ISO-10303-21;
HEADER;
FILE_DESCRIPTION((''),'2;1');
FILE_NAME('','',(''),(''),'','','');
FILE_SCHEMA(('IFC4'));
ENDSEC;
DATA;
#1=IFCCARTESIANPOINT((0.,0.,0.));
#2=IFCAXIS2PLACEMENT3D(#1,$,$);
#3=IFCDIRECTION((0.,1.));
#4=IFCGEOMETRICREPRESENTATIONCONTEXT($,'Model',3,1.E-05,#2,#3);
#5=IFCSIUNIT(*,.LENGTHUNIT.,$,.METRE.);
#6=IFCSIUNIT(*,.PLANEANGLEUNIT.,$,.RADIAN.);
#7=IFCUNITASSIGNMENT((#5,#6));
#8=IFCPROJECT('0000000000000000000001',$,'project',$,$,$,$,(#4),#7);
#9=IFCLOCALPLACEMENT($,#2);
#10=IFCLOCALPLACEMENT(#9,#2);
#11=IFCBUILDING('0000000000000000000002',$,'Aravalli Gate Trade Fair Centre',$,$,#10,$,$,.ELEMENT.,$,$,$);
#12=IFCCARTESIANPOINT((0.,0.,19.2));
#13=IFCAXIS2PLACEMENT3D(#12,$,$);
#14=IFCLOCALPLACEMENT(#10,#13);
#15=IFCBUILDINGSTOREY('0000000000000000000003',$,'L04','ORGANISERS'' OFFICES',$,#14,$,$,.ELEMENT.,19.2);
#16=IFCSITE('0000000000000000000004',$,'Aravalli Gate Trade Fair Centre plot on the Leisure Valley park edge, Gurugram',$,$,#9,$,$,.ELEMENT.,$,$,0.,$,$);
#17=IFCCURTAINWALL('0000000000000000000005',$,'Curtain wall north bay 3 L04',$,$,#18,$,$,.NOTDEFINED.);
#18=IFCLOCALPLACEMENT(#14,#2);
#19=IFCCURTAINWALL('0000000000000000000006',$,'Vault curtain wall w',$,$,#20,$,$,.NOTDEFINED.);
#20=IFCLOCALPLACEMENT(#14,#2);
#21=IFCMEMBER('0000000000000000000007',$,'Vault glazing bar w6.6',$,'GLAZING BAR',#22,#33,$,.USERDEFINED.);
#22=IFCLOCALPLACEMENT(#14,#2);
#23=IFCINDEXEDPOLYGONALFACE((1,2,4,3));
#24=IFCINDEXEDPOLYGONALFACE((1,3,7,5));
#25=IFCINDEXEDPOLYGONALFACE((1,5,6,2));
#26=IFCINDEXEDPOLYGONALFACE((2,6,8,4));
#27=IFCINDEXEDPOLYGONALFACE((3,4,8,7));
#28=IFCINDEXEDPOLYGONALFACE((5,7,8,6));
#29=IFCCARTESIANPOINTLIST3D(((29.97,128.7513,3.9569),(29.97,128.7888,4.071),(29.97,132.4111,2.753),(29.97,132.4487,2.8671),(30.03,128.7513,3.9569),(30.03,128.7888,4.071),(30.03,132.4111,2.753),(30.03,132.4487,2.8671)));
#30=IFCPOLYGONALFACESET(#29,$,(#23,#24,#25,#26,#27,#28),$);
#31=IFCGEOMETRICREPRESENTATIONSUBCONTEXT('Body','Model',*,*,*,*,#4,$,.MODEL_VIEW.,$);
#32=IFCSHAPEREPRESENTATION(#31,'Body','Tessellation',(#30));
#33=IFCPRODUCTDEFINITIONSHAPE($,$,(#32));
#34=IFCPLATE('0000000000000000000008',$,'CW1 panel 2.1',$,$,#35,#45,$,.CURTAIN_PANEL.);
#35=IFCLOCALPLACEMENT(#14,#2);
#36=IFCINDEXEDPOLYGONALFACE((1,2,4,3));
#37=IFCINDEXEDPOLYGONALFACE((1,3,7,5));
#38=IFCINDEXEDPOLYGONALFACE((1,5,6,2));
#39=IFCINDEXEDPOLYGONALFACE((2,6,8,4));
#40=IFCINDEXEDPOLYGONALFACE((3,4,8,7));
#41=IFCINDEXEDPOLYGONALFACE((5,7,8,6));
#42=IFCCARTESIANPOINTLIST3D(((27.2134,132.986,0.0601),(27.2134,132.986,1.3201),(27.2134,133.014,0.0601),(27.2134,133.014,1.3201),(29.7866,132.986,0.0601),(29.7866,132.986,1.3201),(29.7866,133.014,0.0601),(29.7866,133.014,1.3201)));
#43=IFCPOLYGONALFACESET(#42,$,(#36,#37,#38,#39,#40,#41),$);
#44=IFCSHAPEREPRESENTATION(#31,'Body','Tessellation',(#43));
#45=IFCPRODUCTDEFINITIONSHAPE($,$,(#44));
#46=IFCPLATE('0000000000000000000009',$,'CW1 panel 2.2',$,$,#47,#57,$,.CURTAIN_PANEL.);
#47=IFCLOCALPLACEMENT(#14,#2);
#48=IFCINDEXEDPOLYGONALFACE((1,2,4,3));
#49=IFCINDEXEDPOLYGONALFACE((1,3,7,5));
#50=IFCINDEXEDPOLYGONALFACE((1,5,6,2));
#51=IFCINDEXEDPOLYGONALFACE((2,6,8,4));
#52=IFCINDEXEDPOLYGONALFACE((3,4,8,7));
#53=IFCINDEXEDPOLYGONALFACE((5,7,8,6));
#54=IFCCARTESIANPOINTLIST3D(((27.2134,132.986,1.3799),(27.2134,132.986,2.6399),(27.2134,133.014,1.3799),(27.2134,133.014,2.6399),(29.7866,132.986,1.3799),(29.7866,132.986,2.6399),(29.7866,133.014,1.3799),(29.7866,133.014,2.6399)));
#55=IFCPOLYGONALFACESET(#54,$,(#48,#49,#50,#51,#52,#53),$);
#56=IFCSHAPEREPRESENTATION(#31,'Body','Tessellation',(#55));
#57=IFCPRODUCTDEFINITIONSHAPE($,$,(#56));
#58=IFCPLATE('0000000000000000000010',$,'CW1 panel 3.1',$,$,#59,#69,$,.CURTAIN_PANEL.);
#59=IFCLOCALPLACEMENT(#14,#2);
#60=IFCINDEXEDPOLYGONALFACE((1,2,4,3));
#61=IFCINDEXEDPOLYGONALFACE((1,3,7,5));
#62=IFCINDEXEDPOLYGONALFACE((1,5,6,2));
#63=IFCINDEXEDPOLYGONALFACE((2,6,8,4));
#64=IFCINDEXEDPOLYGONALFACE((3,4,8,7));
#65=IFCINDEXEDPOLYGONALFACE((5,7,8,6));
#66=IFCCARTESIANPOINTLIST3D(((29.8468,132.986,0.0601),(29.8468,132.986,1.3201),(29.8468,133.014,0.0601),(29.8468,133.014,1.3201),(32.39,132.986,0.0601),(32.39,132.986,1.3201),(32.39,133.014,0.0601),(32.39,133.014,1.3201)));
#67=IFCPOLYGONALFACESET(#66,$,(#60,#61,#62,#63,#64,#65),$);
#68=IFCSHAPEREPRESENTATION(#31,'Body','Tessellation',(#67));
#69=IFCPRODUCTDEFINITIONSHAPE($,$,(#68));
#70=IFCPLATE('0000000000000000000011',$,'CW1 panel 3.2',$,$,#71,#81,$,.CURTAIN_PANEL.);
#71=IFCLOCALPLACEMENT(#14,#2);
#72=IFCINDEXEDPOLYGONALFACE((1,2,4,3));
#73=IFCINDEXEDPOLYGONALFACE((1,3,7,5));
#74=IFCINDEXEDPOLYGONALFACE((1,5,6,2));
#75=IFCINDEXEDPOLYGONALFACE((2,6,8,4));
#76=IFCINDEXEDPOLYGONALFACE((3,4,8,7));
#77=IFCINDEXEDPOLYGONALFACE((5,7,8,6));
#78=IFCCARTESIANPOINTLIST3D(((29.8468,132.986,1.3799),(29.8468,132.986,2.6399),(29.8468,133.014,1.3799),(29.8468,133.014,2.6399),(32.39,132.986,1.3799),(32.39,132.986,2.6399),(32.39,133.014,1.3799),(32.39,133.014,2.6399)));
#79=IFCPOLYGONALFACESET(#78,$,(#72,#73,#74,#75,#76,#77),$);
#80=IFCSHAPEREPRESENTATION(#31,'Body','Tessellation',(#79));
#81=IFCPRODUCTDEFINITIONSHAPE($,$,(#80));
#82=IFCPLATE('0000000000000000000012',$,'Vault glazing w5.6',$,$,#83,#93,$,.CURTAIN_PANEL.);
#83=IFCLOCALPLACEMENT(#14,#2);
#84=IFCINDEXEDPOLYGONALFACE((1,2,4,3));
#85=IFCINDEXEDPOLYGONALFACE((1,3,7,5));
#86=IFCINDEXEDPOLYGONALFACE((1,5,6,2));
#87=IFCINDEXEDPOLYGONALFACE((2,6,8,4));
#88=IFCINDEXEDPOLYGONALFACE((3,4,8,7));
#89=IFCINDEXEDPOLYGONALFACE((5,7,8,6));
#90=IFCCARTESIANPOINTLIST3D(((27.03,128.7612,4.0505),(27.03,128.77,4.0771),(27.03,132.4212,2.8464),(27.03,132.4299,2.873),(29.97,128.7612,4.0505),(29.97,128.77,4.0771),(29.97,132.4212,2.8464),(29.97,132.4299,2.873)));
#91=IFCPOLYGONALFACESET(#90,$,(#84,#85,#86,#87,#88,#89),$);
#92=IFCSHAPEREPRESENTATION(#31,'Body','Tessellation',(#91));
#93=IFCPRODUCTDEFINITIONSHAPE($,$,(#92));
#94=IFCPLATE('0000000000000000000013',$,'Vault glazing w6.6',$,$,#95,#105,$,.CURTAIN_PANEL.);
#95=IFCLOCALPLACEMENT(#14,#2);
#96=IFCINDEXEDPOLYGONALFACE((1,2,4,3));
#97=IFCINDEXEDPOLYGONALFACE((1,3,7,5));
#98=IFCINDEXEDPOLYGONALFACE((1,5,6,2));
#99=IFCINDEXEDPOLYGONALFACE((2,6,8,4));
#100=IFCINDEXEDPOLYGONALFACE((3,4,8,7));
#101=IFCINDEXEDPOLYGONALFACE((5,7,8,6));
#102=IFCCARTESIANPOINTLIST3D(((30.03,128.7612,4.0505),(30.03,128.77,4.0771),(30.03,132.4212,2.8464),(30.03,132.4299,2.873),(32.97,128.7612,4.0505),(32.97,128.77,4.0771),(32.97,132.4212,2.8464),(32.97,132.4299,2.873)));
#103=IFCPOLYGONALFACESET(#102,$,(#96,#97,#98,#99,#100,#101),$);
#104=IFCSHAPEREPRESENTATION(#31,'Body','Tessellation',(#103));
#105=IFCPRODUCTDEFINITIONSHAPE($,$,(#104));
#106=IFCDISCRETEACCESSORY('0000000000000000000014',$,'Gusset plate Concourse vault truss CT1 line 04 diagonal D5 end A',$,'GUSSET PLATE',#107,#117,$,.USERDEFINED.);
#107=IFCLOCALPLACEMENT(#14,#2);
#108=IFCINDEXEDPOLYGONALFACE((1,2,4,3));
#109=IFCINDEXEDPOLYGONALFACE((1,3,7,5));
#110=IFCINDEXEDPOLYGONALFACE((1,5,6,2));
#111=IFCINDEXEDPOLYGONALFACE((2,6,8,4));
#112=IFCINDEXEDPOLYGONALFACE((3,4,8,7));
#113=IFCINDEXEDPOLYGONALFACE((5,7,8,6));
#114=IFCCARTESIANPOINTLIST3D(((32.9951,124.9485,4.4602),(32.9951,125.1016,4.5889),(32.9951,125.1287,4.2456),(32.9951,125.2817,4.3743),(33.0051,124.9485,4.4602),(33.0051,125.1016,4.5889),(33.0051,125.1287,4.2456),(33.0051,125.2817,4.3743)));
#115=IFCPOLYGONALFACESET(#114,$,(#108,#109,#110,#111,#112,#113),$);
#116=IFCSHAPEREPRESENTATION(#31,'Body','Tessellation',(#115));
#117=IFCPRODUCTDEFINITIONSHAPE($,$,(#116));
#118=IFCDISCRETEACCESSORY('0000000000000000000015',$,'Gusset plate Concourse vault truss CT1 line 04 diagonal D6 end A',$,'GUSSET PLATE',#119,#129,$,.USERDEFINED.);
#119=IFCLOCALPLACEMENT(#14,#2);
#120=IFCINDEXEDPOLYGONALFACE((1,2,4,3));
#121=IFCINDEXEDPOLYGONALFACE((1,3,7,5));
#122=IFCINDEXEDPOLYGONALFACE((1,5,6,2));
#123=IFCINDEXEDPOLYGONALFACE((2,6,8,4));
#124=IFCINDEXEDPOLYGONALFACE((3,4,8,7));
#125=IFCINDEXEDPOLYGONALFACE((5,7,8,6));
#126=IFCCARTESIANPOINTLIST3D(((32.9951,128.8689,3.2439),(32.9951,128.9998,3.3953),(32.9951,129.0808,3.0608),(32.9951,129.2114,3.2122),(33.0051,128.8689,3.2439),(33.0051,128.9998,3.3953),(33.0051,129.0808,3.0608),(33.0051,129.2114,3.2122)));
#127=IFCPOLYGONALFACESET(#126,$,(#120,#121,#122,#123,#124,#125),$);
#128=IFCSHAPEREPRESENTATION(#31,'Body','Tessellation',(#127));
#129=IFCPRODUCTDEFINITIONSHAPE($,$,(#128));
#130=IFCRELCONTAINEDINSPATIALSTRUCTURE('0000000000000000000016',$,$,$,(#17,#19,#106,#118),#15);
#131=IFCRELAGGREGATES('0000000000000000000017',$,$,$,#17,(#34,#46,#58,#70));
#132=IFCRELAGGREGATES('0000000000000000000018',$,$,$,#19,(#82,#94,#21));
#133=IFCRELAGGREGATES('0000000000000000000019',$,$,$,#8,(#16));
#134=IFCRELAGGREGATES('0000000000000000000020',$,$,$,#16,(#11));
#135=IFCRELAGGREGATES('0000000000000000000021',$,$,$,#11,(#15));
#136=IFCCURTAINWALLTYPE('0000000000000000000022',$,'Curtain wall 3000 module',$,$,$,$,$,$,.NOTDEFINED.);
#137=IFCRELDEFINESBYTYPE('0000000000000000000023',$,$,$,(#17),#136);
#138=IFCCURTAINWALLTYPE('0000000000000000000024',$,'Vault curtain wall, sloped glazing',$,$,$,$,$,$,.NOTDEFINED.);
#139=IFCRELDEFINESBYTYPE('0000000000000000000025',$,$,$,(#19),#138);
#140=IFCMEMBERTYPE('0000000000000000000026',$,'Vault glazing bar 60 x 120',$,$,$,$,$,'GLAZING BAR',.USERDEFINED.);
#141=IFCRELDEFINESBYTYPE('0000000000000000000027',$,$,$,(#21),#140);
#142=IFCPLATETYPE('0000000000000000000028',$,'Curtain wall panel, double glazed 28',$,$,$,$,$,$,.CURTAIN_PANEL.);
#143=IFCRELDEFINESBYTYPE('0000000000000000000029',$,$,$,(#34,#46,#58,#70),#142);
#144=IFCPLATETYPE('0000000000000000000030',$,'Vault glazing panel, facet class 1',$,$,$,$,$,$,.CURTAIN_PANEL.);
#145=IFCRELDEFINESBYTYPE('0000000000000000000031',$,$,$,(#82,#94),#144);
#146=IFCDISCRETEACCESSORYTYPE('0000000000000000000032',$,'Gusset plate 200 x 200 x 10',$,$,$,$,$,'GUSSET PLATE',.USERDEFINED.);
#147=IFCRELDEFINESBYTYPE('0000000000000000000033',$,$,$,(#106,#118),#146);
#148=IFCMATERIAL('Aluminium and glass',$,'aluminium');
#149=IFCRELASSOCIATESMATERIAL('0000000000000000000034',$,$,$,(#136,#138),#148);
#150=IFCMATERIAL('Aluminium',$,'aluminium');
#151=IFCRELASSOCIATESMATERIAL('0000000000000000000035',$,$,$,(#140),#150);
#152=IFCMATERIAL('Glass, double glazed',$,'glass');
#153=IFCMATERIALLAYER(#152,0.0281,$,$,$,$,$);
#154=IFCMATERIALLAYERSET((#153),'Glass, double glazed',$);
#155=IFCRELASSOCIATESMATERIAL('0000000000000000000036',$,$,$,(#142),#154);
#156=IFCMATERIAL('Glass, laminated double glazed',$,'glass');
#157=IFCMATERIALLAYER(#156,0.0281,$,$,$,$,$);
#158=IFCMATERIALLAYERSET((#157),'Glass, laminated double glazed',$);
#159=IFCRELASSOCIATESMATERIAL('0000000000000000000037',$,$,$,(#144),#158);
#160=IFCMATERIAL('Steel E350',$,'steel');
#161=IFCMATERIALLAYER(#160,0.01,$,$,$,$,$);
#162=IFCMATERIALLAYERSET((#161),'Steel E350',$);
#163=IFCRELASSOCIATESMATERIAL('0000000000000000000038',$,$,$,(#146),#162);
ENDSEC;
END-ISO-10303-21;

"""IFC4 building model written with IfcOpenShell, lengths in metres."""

from ifc_helpers import new_model, si_unit, direction, frame, origin, origin_2d, place, context, subcontext, project, spatial, polyline, rectangle, outline, extrude, material, layer, layer_set, material_profile, profile_set, type_object, element, aggregate, save


model = new_model("IFC4")

# Units and contexts
model_context = context("Model", 3, precision=1e-05, world=origin(), true_north=direction((0.0, 1.0)))
body_context = subcontext(model_context, "Body", "Model", "MODEL_VIEW")
ifc_project = project(units=[si_unit("LENGTHUNIT", "METRE"), si_unit("PLANEANGLEUNIT", "RADIAN")], contexts=[model_context])

# Site, building, storey
site_placement = place(None, origin())
site = spatial("IfcSite", under=ifc_project, at=site_placement, Name="Aravalli Gate Trade Fair Centre plot on the Leisure Valley park edge, Gurugram", CompositionType="ELEMENT", RefElevation=0.0)
building_placement = place(site_placement, origin())
building = spatial("IfcBuilding", under=site, at=building_placement, Name="Aravalli Gate Trade Fair Centre", CompositionType="ELEMENT")
storey_placement = place(building_placement, frame((0.0, 0.0, 19.2)))
storey = spatial("IfcBuildingStorey", under=building, at=storey_placement, Name="L04", Description="ORGANISERS' OFFICES", CompositionType="ELEMENT", Elevation=19.2)

# Curtain wall
ifc_material_1 = material(Name="Aluminium and glass", Category="aluminium")
curtain_wall_type_1 = type_object("IfcCurtainWallType", Name="Curtain wall 3000 module", PredefinedType="NOTDEFINED", material=ifc_material_1)
curtain_wall_1_placement = place(storey_placement, origin())
curtain_wall_1 = element("IfcCurtainWall", 1, at=curtain_wall_1_placement, inside=storey, type_object=curtain_wall_type_1, Name="Curtain wall north bay 3 L04", PredefinedType="NOTDEFINED")
ifc_material_2 = material(Name="Aluminium", Category="aluminium")

# Shared definitions
ifc_material_3 = material(Name="Steel E350", Category="steel")

# Curtain wall, member
curtain_wall_type_2 = type_object("IfcCurtainWallType", Name="Vault curtain wall, sloped glazing", PredefinedType="NOTDEFINED", material=ifc_material_1)
curtain_wall_2_placement = place(storey_placement, origin())
curtain_wall_2 = element("IfcCurtainWall", 2, at=curtain_wall_2_placement, inside=storey, type_object=curtain_wall_type_2, Name="Vault curtain wall w", PredefinedType="NOTDEFINED")
ifc_material_profile_1 = material_profile(ifc_material_2, rectangle(XDim=0.0601, YDim=0.1201, at=origin_2d()), Name="Vault glazing bar 60 x 120")
ifc_profile_set_1 = profile_set([ifc_material_profile_1], Name="Aluminium")
member_type_1 = type_object("IfcMemberType", Name="Vault glazing bar 60 x 120", ElementType="GLAZING BAR", PredefinedType="USERDEFINED", material=ifc_profile_set_1)
member_1_placement = place(storey_placement, frame((30.0, 128.77, 4.0139), z_axis=(0.0, 0.94993, -0.312461), x_axis=(-1.0, 0.0, 0.0)))
member_1 = element("IfcMember", 3, at=member_1_placement, type_object=member_type_1, Name="Vault glazing bar w6.6", ObjectType="GLAZING BAR", PredefinedType="USERDEFINED", context=body_context, shape_type="SweptSolid", body=[
    extrude(rectangle(XDim=0.0601, YDim=0.1201, at=origin_2d()), origin(), (0.0, 0.0, 1.0), 3.8528),
])

# Plates
ifc_material_4 = material(Name="Glass, double glazed", Category="glass")
ifc_layer_1 = layer(ifc_material_4, 0.0281)
ifc_layer_set_1 = layer_set([ifc_layer_1], Name="Glass, double glazed")
plate_type_1 = type_object("IfcPlateType", Name="Curtain wall panel, double glazed 28", PredefinedType="CURTAIN_PANEL", material=ifc_layer_set_1)
plate_1_placement = place(storey_placement, frame((28.5, 133.0, 0.0601), z_axis=(0.0, 0.0, 1.0), x_axis=(1.0, 0.0, 0.0)))
plate_1 = element("IfcPlate", 4, at=plate_1_placement, type_object=plate_type_1, Name="CW1 panel 2.1", PredefinedType="CURTAIN_PANEL", context=body_context, shape_type="SweptSolid", body=[
    extrude(rectangle(XDim=2.5732, YDim=0.0281, at=origin_2d()), origin(), (0.0, 0.0, 1.0), 1.26),
])
plate_2_placement = place(storey_placement, frame((28.5, 133.0, 1.3799), z_axis=(0.0, 0.0, 1.0), x_axis=(1.0, 0.0, 0.0)))
plate_2 = element("IfcPlate", 5, at=plate_2_placement, type_object=plate_type_1, Name="CW1 panel 2.2", PredefinedType="CURTAIN_PANEL", context=body_context, shape_type="SweptSolid", body=[
    extrude(rectangle(XDim=2.5732, YDim=0.0281, at=origin_2d()), origin(), (0.0, 0.0, 1.0), 1.26),
])
plate_3_placement = place(storey_placement, frame((31.1184, 133.0, 0.0601), z_axis=(0.0, 0.0, 1.0), x_axis=(1.0, 0.0, 0.0)))
plate_3 = element("IfcPlate", 6, at=plate_3_placement, type_object=plate_type_1, Name="CW1 panel 3.1", PredefinedType="CURTAIN_PANEL", context=body_context, shape_type="SweptSolid", body=[
    extrude(rectangle(XDim=2.5432, YDim=0.0281, at=origin_2d()), origin(), (0.0, 0.0, 1.0), 1.26),
])
plate_4_placement = place(storey_placement, frame((31.1184, 133.0, 1.3799), z_axis=(0.0, 0.0, 1.0), x_axis=(1.0, 0.0, 0.0)))
plate_4 = element("IfcPlate", 7, at=plate_4_placement, type_object=plate_type_1, Name="CW1 panel 3.2", PredefinedType="CURTAIN_PANEL", context=body_context, shape_type="SweptSolid", body=[
    extrude(rectangle(XDim=2.5432, YDim=0.0281, at=origin_2d()), origin(), (0.0, 0.0, 1.0), 1.26),
])
aggregate(curtain_wall_1, [plate_1, plate_2, plate_3, plate_4])
ifc_material_5 = material(Name="Glass, laminated double glazed", Category="glass")
ifc_layer_2 = layer(ifc_material_5, 0.0281)
ifc_layer_set_2 = layer_set([ifc_layer_2], Name="Glass, laminated double glazed")
plate_type_2 = type_object("IfcPlateType", Name="Vault glazing panel, facet class 1", PredefinedType="CURTAIN_PANEL", material=ifc_layer_set_2)
plate_5_placement = place(storey_placement, frame((27.03, 128.77, 4.0771), z_axis=(0.0, 0.312518, 0.949912), x_axis=(1.0, 0.0, 0.0)))
plate_5 = element("IfcPlate", 8, at=plate_5_placement, type_object=plate_type_2, Name="Vault glazing w5.6", PredefinedType="CURTAIN_PANEL", context=body_context, shape_type="SweptSolid", body=[
    extrude(outline(polyline([(0.0, 0.0), (2.9399, 0.0), (2.9399, 3.8529), (0.0, 3.8529), (0.0, 0.0)])), origin(), (0.0, 0.0, -1.0), 0.0281),
])
plate_6_placement = place(storey_placement, frame((30.03, 128.77, 4.0771), z_axis=(0.0, 0.312518, 0.949912), x_axis=(1.0, 0.0, 0.0)))
plate_6 = element("IfcPlate", 9, at=plate_6_placement, type_object=plate_type_2, Name="Vault glazing w6.6", PredefinedType="CURTAIN_PANEL", context=body_context, shape_type="SweptSolid", body=[
    extrude(outline(polyline([(0.0, 0.0), (2.9399, 0.0), (2.9399, 3.8529), (0.0, 3.8529), (0.0, 0.0)])), origin(), (0.0, 0.0, -1.0), 0.0281),
])
aggregate(curtain_wall_2, [plate_5, plate_6, member_1])

# Discrete accessories
ifc_layer_3 = layer(ifc_material_3, 0.01)
ifc_layer_set_3 = layer_set([ifc_layer_3], Name="Steel E350")
discrete_accessory_type = type_object("IfcDiscreteAccessoryType", Name="Gusset plate 200 x 200 x 10", ElementType="GUSSET PLATE", PredefinedType="USERDEFINED", material=ifc_layer_set_3)
discrete_accessory_1_placement = place(storey_placement, frame((32.9951, 125.1287, 4.2456), z_axis=(-1.0, 0.0, 0.0), x_axis=(0.0, -0.643008, 0.765859)))
element("IfcDiscreteAccessory", 10, at=discrete_accessory_1_placement, inside=storey, type_object=discrete_accessory_type, Name="Gusset plate Concourse vault truss CT1 line 04 diagonal D5 end A", ObjectType="GUSSET PLATE", PredefinedType="USERDEFINED", context=body_context, shape_type="SweptSolid", body=[
    extrude(outline(polyline([(0.0, 0.0), (0.2802, 0.0), (0.2803, 0.2), (0.0001, 0.2), (0.0, 0.0)])), origin(), (0.0, 0.0, -1.0), 0.01),
])
discrete_accessory_2_placement = place(storey_placement, frame((32.9951, 129.0808, 3.0608), z_axis=(-1.0, 0.0, 0.0), x_axis=(0.0, -0.756666, 0.653801)))
element("IfcDiscreteAccessory", 11, at=discrete_accessory_2_placement, inside=storey, type_object=discrete_accessory_type, Name="Gusset plate Concourse vault truss CT1 line 04 diagonal D6 end A", ObjectType="GUSSET PLATE", PredefinedType="USERDEFINED", context=body_context, shape_type="SweptSolid", body=[
    extrude(outline(polyline([(0.0, 0.0), (0.2801, 0.0), (0.28, 0.2001), (0.0001, 0.1999), (0.0, 0.0)])), origin(), (0.0, 0.0, -1.0), 0.01),
])

save(model, "model.ifc")
